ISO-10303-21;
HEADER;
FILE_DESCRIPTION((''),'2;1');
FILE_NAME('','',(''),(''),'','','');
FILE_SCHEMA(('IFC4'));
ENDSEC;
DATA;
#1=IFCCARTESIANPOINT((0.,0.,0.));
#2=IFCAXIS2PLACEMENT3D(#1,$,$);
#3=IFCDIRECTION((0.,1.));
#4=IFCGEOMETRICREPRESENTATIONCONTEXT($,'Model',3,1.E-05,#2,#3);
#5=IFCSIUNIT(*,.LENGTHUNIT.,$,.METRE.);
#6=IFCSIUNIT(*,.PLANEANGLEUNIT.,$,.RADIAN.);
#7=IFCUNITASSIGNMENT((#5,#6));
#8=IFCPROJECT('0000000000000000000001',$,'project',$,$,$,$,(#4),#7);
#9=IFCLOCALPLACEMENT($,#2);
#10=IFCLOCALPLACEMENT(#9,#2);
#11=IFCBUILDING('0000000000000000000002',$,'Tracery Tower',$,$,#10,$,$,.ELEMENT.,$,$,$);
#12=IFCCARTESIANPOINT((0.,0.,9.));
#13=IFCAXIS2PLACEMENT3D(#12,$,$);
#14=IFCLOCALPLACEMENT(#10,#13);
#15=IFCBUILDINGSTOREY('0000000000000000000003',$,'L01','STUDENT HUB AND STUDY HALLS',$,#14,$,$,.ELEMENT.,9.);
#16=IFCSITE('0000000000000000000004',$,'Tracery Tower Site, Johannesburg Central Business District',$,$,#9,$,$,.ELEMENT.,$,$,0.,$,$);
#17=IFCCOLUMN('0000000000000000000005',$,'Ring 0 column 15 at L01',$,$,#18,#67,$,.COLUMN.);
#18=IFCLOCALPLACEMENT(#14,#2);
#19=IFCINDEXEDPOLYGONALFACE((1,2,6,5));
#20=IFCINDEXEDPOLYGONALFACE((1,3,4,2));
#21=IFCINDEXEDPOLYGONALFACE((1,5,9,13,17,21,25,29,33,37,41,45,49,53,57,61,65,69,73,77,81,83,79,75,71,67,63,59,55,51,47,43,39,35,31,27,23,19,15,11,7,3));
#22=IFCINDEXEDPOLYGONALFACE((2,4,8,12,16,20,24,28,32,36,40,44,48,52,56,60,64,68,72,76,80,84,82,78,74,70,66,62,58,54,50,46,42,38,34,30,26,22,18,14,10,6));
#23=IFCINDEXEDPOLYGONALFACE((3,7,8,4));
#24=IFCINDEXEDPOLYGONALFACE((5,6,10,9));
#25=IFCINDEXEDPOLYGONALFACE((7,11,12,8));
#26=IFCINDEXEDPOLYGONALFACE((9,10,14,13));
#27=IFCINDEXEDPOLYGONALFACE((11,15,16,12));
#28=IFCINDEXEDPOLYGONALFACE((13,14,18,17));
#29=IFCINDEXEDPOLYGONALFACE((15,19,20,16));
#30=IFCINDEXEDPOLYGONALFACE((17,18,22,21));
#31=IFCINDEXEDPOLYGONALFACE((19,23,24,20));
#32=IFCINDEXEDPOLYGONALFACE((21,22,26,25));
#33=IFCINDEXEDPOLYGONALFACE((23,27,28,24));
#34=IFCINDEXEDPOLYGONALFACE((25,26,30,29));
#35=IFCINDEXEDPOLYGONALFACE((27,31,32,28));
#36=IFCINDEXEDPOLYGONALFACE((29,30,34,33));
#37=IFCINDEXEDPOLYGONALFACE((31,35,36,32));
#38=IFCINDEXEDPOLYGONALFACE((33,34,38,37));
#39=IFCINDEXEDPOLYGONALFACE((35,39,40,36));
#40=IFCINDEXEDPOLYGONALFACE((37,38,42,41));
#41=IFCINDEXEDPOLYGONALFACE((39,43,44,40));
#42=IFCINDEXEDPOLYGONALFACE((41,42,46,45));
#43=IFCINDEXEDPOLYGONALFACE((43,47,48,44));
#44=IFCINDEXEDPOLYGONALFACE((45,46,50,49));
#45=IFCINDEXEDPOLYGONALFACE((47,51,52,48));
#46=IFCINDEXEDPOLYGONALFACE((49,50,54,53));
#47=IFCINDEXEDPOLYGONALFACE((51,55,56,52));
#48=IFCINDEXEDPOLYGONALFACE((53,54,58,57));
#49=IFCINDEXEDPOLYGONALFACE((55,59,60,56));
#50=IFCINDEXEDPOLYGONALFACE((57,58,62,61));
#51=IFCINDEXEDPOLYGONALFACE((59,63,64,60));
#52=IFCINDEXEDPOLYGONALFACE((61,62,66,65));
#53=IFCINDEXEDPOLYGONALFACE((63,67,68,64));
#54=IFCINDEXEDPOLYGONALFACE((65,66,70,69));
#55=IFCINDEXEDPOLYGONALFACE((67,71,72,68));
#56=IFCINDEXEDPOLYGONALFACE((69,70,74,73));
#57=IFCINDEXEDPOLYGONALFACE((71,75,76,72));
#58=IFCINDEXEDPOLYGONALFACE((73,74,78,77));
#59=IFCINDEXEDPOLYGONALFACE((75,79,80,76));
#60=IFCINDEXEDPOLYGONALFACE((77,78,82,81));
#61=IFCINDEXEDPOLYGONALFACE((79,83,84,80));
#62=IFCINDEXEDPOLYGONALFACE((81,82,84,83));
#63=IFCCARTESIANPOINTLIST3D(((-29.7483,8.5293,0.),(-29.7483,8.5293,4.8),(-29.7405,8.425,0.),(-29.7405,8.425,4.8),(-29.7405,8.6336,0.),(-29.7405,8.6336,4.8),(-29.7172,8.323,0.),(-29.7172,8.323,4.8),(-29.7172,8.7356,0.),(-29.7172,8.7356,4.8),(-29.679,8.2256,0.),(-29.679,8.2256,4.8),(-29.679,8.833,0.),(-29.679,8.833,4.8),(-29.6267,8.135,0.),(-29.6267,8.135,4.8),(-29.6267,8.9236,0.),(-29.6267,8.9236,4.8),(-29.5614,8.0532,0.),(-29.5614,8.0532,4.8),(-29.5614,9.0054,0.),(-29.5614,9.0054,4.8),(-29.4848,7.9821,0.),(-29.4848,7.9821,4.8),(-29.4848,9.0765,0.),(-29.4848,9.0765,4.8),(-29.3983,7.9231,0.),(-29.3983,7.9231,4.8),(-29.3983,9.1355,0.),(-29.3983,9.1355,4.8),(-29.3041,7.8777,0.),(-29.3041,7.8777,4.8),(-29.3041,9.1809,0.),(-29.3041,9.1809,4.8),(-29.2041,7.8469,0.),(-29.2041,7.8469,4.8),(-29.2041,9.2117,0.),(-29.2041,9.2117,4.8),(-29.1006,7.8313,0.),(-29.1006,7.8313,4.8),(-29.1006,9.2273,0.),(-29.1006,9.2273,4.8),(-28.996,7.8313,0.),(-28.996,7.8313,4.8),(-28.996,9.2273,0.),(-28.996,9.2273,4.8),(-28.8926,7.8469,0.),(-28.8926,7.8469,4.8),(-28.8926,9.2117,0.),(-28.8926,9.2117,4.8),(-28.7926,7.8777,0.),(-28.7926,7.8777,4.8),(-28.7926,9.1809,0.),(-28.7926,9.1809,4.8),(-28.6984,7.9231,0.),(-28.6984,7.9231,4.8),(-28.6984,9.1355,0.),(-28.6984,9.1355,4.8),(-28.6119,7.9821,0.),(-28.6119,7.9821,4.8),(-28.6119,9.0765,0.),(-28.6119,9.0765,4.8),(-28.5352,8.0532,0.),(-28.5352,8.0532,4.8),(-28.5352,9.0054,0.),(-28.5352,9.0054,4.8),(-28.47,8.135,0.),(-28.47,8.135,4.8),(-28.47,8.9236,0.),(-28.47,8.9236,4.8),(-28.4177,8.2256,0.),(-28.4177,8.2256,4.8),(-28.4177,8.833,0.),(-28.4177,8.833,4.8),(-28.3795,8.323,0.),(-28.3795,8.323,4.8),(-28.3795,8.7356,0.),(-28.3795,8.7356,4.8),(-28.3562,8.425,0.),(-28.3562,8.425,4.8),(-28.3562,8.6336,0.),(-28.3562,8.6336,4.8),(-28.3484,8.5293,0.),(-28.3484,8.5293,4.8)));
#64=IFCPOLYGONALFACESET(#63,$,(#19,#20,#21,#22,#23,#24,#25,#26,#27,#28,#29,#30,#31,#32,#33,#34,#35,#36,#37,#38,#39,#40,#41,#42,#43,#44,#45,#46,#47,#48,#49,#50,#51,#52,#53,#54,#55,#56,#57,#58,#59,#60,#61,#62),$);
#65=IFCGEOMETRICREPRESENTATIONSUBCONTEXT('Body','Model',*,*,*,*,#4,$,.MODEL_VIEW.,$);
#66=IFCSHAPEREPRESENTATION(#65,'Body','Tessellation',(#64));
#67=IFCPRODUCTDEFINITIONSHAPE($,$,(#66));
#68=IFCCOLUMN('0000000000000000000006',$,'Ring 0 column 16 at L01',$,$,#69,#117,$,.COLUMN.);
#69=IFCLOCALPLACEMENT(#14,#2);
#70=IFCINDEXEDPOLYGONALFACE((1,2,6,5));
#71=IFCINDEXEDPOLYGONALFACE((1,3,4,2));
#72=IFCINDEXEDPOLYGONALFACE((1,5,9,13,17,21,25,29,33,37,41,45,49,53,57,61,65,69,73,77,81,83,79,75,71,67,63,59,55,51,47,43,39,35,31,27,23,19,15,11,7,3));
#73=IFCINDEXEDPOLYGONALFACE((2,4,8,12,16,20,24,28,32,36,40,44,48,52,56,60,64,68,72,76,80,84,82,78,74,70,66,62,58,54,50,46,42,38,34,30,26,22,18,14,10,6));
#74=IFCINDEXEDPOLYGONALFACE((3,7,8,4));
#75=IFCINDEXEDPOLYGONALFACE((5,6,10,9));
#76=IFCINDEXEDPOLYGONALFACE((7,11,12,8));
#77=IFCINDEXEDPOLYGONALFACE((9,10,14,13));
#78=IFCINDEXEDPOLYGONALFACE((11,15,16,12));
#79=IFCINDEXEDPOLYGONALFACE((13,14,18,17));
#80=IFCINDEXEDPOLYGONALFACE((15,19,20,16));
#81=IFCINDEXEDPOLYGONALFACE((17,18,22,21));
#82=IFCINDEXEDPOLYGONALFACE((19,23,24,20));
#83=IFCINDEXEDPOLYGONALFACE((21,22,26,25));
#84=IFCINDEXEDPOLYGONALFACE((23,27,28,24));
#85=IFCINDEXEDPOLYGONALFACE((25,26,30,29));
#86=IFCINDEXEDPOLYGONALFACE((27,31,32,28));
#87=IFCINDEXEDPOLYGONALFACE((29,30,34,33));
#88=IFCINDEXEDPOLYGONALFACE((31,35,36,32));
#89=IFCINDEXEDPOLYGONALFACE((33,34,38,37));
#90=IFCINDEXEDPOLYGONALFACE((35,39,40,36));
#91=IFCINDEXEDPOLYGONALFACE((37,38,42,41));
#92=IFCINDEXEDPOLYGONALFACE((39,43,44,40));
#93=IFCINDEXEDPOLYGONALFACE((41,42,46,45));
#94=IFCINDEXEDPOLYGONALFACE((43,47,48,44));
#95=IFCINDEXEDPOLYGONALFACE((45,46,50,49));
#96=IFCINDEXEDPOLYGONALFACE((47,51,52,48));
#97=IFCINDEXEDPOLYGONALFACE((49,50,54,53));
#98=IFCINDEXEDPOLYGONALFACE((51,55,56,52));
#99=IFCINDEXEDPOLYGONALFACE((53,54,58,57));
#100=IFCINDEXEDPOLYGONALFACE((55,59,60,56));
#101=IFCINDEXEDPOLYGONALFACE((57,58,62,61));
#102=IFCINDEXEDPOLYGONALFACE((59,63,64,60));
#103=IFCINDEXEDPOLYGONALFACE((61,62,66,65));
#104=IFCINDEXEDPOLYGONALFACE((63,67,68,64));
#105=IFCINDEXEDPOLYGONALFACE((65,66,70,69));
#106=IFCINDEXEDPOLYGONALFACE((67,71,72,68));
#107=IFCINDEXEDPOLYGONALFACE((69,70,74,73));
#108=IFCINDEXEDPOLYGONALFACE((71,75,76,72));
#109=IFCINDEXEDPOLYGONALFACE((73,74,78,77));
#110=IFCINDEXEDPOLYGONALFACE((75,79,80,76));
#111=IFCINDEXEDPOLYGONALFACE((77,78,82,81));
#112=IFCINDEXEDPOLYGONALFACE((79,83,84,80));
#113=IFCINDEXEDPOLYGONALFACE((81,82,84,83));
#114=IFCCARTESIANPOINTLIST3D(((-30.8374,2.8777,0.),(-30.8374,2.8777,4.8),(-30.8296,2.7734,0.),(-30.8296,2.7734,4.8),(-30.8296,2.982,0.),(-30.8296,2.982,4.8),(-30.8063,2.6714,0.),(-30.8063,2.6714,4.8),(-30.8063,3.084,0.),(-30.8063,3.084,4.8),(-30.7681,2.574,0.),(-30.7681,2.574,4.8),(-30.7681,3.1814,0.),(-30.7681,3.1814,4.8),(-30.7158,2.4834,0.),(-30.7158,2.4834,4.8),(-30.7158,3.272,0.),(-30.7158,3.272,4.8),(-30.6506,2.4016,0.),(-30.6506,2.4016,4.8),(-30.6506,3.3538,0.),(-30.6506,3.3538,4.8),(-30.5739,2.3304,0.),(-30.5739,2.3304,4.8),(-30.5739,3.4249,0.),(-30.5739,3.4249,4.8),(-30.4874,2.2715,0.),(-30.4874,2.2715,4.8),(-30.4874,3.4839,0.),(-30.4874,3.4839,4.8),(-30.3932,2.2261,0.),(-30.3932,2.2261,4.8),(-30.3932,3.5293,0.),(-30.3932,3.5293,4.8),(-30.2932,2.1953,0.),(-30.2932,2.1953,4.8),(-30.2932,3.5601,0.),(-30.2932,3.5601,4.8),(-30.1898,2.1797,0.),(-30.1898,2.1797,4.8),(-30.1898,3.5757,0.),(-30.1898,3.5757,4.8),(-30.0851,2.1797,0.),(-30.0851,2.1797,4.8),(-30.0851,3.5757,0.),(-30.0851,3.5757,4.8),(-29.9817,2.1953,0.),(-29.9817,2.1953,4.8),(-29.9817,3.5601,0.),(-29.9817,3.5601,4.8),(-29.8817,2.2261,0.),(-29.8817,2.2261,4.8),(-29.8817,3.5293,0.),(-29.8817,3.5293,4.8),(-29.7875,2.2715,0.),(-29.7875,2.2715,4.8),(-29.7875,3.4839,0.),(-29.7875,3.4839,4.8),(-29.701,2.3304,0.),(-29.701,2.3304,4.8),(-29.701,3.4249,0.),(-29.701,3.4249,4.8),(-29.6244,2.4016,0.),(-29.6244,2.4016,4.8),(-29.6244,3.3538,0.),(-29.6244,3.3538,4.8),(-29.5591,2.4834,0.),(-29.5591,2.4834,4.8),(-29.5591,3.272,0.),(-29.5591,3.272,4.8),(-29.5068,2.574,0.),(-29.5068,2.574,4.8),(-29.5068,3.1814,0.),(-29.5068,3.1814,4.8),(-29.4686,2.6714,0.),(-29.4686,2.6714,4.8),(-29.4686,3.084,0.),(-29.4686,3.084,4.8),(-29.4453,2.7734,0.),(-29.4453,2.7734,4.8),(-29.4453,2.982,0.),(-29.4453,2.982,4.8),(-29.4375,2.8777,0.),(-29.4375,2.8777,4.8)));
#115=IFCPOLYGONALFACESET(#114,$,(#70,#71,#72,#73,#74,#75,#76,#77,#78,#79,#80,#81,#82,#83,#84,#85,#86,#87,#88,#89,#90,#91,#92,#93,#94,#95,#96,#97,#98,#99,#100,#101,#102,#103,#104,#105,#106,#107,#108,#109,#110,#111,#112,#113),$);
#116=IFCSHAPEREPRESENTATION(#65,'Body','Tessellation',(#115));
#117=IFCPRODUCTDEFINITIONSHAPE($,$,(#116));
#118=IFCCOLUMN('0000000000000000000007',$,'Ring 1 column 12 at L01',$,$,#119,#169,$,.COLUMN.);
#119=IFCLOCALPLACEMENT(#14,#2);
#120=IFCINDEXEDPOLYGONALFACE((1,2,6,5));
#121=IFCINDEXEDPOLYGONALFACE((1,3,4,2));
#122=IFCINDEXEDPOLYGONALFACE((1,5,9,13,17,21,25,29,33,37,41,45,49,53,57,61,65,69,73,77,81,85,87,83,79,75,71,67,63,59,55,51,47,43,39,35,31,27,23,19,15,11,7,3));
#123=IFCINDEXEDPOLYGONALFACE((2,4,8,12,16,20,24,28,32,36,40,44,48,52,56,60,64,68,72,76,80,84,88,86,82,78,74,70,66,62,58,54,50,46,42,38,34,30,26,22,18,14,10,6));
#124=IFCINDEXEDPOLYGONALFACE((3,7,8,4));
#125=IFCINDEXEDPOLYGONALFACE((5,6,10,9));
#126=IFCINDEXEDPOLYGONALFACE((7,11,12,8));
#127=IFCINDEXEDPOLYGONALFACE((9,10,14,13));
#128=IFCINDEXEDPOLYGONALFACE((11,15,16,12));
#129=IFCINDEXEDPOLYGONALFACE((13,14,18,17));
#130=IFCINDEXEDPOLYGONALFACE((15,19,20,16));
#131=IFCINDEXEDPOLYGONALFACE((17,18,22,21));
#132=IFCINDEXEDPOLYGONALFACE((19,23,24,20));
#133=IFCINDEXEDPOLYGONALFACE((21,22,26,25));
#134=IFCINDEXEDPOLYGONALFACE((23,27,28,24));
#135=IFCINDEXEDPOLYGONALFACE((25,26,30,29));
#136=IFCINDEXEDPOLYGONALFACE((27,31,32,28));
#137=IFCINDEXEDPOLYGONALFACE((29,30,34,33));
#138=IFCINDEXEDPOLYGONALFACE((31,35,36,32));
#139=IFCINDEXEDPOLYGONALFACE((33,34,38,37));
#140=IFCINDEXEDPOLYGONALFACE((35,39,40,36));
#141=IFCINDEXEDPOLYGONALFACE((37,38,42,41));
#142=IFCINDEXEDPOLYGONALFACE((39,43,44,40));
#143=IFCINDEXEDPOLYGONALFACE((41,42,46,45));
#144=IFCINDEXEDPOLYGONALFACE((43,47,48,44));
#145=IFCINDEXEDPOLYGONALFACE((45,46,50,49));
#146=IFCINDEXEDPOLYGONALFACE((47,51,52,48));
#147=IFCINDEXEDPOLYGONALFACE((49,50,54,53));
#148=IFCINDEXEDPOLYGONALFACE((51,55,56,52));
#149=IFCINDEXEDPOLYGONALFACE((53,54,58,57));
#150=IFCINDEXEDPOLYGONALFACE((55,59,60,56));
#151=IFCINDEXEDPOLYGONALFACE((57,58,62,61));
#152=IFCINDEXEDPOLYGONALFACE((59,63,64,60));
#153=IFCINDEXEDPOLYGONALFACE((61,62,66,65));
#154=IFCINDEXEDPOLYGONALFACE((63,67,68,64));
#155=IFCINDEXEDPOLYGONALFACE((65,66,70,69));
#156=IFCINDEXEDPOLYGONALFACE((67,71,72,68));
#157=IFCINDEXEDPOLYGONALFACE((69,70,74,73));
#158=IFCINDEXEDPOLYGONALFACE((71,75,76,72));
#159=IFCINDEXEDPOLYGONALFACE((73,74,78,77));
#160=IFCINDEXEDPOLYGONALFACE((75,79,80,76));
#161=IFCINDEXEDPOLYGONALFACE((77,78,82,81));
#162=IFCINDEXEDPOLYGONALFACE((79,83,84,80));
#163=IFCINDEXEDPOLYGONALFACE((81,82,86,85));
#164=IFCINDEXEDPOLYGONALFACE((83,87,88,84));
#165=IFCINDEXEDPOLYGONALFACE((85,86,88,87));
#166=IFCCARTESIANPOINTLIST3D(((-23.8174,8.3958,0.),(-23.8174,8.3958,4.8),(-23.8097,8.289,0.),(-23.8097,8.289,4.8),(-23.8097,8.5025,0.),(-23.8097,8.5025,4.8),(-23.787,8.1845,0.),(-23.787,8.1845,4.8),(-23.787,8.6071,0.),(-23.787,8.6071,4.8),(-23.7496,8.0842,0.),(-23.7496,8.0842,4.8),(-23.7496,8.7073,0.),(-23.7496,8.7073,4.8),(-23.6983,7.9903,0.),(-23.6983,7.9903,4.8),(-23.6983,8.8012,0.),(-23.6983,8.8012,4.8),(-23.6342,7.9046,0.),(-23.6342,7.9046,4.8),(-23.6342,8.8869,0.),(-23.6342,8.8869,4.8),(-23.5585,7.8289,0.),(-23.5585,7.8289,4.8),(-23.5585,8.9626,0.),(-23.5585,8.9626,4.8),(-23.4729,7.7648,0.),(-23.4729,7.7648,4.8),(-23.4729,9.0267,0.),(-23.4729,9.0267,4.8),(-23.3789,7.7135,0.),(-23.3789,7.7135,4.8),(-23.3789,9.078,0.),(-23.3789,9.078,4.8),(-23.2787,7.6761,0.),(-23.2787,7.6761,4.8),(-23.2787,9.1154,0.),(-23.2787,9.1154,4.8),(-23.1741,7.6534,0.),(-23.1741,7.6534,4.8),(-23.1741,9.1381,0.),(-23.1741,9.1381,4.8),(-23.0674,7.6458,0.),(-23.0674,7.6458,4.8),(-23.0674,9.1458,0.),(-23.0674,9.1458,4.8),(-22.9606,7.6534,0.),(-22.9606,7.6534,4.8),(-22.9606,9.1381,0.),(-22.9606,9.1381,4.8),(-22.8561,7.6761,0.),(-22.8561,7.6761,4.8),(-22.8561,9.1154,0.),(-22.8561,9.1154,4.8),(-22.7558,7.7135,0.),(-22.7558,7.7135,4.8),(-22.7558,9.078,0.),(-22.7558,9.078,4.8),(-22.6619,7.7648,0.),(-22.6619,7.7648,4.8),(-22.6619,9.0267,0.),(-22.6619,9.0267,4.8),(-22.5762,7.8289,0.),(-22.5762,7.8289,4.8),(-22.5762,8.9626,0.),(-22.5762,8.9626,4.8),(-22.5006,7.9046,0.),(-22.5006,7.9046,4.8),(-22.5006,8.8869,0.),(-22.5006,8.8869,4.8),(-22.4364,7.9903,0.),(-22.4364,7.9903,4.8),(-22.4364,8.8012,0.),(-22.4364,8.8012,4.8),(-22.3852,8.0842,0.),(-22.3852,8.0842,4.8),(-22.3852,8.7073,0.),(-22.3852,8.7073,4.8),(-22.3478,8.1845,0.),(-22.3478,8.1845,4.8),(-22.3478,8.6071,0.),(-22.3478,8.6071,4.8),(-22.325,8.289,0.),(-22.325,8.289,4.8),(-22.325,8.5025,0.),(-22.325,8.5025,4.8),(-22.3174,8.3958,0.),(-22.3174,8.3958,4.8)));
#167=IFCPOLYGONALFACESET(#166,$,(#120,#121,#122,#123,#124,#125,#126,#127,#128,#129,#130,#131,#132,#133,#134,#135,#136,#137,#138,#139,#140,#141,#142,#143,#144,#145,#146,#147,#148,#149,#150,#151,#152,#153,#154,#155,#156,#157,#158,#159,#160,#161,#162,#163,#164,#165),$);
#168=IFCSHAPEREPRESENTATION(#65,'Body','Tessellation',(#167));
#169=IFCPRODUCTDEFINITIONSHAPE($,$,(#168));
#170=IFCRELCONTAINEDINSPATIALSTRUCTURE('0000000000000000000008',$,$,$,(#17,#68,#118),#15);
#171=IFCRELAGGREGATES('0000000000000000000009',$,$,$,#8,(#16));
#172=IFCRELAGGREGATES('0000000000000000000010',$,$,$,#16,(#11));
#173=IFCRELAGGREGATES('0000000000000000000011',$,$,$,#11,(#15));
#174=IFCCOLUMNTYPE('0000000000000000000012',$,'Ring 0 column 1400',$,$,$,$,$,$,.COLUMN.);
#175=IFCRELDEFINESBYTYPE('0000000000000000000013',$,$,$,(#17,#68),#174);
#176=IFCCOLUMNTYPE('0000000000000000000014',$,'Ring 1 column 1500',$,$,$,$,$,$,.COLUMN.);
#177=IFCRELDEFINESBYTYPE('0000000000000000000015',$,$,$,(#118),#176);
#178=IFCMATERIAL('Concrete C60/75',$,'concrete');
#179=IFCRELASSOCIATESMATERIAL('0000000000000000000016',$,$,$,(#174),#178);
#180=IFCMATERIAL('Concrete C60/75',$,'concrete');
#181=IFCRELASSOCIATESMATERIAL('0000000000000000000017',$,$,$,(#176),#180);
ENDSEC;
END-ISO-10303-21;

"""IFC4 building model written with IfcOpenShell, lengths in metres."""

from ifc_helpers import new_model, si_unit, direction, frame, origin, origin_2d, place, context, subcontext, project, spatial, circle, extrude, material, material_profile, profile_set, type_object, element, save


model = new_model("IFC4")

# Units and contexts
model_context = context("Model", 3, precision=1e-05, world=origin(), true_north=direction((0.0, 1.0)))
body_context = subcontext(model_context, "Body", "Model", "MODEL_VIEW")
ifc_project = project(units=[si_unit("LENGTHUNIT", "METRE"), si_unit("PLANEANGLEUNIT", "RADIAN")], contexts=[model_context])

# Site, building, storey
site_placement = place(None, origin())
site = spatial("IfcSite", under=ifc_project, at=site_placement, Name="Tracery Tower Site, Johannesburg Central Business District", CompositionType="ELEMENT", RefElevation=0.0)
building_placement = place(site_placement, origin())
building = spatial("IfcBuilding", under=site, at=building_placement, Name="Tracery Tower", CompositionType="ELEMENT")
storey_placement = place(building_placement, frame((0.0, 0.0, 9.0)))
storey = spatial("IfcBuildingStorey", under=building, at=storey_placement, Name="L01", Description="STUDENT HUB AND STUDY HALLS", CompositionType="ELEMENT", Elevation=9.0)

# Columns
ifc_material_1 = material(Name="Concrete C60/75", Category="concrete")
ifc_material_profile_1 = material_profile(ifc_material_1, circle(Radius=0.7, at=origin_2d()), Name="RC D1400")
ifc_profile_set_1 = profile_set([ifc_material_profile_1], Name="Concrete C60/75")
column_type_1 = type_object("IfcColumnType", Name="Ring 0 column 1400", PredefinedType="COLUMN", material=ifc_profile_set_1)
for number, where, z_axis, x_axis, name in (
    (1, (-29.0483, 8.5293, 0.0), (0.0, 0.0, 1.0), (1.0, 0.0, 0.0), "Ring 0 column 15 at L01"),
    (2, (-30.1375, 2.8777, 0.0), (0.0, 0.0, 1.0), (1.0, 0.0, 0.0), "Ring 0 column 16 at L01"),
):
    element("IfcColumn", number, at=place(storey_placement, frame(where, z_axis=z_axis, x_axis=x_axis)), inside=storey, type_object=column_type_1, Name=name, PredefinedType="COLUMN", context=body_context, shape_type="SweptSolid", body=[
        extrude(circle(Radius=0.7, at=origin_2d()), origin(), (0.0, 0.0, 1.0), 4.8),
    ])
ifc_material_2 = material(Name="Concrete C60/75", Category="concrete")
ifc_material_profile_2 = material_profile(ifc_material_2, circle(Radius=0.75, at=origin_2d()), Name="RC D1500")
ifc_profile_set_2 = profile_set([ifc_material_profile_2], Name="Concrete C60/75")
column_type_2 = type_object("IfcColumnType", Name="Ring 1 column 1500", PredefinedType="COLUMN", material=ifc_profile_set_2)
for number, where, z_axis, x_axis, name in (
    (3, (-23.0674, 8.3958, 0.0), (0.0, 0.0, 1.0), (1.0, 0.0, 0.0), "Ring 1 column 12 at L01"),
):
    element("IfcColumn", number, at=place(storey_placement, frame(where, z_axis=z_axis, x_axis=x_axis)), inside=storey, type_object=column_type_2, Name=name, PredefinedType="COLUMN", context=body_context, shape_type="SweptSolid", body=[
        extrude(circle(Radius=0.75, at=origin_2d()), origin(), (0.0, 0.0, 1.0), 4.8),
    ])

save(model, "model.ifc")
